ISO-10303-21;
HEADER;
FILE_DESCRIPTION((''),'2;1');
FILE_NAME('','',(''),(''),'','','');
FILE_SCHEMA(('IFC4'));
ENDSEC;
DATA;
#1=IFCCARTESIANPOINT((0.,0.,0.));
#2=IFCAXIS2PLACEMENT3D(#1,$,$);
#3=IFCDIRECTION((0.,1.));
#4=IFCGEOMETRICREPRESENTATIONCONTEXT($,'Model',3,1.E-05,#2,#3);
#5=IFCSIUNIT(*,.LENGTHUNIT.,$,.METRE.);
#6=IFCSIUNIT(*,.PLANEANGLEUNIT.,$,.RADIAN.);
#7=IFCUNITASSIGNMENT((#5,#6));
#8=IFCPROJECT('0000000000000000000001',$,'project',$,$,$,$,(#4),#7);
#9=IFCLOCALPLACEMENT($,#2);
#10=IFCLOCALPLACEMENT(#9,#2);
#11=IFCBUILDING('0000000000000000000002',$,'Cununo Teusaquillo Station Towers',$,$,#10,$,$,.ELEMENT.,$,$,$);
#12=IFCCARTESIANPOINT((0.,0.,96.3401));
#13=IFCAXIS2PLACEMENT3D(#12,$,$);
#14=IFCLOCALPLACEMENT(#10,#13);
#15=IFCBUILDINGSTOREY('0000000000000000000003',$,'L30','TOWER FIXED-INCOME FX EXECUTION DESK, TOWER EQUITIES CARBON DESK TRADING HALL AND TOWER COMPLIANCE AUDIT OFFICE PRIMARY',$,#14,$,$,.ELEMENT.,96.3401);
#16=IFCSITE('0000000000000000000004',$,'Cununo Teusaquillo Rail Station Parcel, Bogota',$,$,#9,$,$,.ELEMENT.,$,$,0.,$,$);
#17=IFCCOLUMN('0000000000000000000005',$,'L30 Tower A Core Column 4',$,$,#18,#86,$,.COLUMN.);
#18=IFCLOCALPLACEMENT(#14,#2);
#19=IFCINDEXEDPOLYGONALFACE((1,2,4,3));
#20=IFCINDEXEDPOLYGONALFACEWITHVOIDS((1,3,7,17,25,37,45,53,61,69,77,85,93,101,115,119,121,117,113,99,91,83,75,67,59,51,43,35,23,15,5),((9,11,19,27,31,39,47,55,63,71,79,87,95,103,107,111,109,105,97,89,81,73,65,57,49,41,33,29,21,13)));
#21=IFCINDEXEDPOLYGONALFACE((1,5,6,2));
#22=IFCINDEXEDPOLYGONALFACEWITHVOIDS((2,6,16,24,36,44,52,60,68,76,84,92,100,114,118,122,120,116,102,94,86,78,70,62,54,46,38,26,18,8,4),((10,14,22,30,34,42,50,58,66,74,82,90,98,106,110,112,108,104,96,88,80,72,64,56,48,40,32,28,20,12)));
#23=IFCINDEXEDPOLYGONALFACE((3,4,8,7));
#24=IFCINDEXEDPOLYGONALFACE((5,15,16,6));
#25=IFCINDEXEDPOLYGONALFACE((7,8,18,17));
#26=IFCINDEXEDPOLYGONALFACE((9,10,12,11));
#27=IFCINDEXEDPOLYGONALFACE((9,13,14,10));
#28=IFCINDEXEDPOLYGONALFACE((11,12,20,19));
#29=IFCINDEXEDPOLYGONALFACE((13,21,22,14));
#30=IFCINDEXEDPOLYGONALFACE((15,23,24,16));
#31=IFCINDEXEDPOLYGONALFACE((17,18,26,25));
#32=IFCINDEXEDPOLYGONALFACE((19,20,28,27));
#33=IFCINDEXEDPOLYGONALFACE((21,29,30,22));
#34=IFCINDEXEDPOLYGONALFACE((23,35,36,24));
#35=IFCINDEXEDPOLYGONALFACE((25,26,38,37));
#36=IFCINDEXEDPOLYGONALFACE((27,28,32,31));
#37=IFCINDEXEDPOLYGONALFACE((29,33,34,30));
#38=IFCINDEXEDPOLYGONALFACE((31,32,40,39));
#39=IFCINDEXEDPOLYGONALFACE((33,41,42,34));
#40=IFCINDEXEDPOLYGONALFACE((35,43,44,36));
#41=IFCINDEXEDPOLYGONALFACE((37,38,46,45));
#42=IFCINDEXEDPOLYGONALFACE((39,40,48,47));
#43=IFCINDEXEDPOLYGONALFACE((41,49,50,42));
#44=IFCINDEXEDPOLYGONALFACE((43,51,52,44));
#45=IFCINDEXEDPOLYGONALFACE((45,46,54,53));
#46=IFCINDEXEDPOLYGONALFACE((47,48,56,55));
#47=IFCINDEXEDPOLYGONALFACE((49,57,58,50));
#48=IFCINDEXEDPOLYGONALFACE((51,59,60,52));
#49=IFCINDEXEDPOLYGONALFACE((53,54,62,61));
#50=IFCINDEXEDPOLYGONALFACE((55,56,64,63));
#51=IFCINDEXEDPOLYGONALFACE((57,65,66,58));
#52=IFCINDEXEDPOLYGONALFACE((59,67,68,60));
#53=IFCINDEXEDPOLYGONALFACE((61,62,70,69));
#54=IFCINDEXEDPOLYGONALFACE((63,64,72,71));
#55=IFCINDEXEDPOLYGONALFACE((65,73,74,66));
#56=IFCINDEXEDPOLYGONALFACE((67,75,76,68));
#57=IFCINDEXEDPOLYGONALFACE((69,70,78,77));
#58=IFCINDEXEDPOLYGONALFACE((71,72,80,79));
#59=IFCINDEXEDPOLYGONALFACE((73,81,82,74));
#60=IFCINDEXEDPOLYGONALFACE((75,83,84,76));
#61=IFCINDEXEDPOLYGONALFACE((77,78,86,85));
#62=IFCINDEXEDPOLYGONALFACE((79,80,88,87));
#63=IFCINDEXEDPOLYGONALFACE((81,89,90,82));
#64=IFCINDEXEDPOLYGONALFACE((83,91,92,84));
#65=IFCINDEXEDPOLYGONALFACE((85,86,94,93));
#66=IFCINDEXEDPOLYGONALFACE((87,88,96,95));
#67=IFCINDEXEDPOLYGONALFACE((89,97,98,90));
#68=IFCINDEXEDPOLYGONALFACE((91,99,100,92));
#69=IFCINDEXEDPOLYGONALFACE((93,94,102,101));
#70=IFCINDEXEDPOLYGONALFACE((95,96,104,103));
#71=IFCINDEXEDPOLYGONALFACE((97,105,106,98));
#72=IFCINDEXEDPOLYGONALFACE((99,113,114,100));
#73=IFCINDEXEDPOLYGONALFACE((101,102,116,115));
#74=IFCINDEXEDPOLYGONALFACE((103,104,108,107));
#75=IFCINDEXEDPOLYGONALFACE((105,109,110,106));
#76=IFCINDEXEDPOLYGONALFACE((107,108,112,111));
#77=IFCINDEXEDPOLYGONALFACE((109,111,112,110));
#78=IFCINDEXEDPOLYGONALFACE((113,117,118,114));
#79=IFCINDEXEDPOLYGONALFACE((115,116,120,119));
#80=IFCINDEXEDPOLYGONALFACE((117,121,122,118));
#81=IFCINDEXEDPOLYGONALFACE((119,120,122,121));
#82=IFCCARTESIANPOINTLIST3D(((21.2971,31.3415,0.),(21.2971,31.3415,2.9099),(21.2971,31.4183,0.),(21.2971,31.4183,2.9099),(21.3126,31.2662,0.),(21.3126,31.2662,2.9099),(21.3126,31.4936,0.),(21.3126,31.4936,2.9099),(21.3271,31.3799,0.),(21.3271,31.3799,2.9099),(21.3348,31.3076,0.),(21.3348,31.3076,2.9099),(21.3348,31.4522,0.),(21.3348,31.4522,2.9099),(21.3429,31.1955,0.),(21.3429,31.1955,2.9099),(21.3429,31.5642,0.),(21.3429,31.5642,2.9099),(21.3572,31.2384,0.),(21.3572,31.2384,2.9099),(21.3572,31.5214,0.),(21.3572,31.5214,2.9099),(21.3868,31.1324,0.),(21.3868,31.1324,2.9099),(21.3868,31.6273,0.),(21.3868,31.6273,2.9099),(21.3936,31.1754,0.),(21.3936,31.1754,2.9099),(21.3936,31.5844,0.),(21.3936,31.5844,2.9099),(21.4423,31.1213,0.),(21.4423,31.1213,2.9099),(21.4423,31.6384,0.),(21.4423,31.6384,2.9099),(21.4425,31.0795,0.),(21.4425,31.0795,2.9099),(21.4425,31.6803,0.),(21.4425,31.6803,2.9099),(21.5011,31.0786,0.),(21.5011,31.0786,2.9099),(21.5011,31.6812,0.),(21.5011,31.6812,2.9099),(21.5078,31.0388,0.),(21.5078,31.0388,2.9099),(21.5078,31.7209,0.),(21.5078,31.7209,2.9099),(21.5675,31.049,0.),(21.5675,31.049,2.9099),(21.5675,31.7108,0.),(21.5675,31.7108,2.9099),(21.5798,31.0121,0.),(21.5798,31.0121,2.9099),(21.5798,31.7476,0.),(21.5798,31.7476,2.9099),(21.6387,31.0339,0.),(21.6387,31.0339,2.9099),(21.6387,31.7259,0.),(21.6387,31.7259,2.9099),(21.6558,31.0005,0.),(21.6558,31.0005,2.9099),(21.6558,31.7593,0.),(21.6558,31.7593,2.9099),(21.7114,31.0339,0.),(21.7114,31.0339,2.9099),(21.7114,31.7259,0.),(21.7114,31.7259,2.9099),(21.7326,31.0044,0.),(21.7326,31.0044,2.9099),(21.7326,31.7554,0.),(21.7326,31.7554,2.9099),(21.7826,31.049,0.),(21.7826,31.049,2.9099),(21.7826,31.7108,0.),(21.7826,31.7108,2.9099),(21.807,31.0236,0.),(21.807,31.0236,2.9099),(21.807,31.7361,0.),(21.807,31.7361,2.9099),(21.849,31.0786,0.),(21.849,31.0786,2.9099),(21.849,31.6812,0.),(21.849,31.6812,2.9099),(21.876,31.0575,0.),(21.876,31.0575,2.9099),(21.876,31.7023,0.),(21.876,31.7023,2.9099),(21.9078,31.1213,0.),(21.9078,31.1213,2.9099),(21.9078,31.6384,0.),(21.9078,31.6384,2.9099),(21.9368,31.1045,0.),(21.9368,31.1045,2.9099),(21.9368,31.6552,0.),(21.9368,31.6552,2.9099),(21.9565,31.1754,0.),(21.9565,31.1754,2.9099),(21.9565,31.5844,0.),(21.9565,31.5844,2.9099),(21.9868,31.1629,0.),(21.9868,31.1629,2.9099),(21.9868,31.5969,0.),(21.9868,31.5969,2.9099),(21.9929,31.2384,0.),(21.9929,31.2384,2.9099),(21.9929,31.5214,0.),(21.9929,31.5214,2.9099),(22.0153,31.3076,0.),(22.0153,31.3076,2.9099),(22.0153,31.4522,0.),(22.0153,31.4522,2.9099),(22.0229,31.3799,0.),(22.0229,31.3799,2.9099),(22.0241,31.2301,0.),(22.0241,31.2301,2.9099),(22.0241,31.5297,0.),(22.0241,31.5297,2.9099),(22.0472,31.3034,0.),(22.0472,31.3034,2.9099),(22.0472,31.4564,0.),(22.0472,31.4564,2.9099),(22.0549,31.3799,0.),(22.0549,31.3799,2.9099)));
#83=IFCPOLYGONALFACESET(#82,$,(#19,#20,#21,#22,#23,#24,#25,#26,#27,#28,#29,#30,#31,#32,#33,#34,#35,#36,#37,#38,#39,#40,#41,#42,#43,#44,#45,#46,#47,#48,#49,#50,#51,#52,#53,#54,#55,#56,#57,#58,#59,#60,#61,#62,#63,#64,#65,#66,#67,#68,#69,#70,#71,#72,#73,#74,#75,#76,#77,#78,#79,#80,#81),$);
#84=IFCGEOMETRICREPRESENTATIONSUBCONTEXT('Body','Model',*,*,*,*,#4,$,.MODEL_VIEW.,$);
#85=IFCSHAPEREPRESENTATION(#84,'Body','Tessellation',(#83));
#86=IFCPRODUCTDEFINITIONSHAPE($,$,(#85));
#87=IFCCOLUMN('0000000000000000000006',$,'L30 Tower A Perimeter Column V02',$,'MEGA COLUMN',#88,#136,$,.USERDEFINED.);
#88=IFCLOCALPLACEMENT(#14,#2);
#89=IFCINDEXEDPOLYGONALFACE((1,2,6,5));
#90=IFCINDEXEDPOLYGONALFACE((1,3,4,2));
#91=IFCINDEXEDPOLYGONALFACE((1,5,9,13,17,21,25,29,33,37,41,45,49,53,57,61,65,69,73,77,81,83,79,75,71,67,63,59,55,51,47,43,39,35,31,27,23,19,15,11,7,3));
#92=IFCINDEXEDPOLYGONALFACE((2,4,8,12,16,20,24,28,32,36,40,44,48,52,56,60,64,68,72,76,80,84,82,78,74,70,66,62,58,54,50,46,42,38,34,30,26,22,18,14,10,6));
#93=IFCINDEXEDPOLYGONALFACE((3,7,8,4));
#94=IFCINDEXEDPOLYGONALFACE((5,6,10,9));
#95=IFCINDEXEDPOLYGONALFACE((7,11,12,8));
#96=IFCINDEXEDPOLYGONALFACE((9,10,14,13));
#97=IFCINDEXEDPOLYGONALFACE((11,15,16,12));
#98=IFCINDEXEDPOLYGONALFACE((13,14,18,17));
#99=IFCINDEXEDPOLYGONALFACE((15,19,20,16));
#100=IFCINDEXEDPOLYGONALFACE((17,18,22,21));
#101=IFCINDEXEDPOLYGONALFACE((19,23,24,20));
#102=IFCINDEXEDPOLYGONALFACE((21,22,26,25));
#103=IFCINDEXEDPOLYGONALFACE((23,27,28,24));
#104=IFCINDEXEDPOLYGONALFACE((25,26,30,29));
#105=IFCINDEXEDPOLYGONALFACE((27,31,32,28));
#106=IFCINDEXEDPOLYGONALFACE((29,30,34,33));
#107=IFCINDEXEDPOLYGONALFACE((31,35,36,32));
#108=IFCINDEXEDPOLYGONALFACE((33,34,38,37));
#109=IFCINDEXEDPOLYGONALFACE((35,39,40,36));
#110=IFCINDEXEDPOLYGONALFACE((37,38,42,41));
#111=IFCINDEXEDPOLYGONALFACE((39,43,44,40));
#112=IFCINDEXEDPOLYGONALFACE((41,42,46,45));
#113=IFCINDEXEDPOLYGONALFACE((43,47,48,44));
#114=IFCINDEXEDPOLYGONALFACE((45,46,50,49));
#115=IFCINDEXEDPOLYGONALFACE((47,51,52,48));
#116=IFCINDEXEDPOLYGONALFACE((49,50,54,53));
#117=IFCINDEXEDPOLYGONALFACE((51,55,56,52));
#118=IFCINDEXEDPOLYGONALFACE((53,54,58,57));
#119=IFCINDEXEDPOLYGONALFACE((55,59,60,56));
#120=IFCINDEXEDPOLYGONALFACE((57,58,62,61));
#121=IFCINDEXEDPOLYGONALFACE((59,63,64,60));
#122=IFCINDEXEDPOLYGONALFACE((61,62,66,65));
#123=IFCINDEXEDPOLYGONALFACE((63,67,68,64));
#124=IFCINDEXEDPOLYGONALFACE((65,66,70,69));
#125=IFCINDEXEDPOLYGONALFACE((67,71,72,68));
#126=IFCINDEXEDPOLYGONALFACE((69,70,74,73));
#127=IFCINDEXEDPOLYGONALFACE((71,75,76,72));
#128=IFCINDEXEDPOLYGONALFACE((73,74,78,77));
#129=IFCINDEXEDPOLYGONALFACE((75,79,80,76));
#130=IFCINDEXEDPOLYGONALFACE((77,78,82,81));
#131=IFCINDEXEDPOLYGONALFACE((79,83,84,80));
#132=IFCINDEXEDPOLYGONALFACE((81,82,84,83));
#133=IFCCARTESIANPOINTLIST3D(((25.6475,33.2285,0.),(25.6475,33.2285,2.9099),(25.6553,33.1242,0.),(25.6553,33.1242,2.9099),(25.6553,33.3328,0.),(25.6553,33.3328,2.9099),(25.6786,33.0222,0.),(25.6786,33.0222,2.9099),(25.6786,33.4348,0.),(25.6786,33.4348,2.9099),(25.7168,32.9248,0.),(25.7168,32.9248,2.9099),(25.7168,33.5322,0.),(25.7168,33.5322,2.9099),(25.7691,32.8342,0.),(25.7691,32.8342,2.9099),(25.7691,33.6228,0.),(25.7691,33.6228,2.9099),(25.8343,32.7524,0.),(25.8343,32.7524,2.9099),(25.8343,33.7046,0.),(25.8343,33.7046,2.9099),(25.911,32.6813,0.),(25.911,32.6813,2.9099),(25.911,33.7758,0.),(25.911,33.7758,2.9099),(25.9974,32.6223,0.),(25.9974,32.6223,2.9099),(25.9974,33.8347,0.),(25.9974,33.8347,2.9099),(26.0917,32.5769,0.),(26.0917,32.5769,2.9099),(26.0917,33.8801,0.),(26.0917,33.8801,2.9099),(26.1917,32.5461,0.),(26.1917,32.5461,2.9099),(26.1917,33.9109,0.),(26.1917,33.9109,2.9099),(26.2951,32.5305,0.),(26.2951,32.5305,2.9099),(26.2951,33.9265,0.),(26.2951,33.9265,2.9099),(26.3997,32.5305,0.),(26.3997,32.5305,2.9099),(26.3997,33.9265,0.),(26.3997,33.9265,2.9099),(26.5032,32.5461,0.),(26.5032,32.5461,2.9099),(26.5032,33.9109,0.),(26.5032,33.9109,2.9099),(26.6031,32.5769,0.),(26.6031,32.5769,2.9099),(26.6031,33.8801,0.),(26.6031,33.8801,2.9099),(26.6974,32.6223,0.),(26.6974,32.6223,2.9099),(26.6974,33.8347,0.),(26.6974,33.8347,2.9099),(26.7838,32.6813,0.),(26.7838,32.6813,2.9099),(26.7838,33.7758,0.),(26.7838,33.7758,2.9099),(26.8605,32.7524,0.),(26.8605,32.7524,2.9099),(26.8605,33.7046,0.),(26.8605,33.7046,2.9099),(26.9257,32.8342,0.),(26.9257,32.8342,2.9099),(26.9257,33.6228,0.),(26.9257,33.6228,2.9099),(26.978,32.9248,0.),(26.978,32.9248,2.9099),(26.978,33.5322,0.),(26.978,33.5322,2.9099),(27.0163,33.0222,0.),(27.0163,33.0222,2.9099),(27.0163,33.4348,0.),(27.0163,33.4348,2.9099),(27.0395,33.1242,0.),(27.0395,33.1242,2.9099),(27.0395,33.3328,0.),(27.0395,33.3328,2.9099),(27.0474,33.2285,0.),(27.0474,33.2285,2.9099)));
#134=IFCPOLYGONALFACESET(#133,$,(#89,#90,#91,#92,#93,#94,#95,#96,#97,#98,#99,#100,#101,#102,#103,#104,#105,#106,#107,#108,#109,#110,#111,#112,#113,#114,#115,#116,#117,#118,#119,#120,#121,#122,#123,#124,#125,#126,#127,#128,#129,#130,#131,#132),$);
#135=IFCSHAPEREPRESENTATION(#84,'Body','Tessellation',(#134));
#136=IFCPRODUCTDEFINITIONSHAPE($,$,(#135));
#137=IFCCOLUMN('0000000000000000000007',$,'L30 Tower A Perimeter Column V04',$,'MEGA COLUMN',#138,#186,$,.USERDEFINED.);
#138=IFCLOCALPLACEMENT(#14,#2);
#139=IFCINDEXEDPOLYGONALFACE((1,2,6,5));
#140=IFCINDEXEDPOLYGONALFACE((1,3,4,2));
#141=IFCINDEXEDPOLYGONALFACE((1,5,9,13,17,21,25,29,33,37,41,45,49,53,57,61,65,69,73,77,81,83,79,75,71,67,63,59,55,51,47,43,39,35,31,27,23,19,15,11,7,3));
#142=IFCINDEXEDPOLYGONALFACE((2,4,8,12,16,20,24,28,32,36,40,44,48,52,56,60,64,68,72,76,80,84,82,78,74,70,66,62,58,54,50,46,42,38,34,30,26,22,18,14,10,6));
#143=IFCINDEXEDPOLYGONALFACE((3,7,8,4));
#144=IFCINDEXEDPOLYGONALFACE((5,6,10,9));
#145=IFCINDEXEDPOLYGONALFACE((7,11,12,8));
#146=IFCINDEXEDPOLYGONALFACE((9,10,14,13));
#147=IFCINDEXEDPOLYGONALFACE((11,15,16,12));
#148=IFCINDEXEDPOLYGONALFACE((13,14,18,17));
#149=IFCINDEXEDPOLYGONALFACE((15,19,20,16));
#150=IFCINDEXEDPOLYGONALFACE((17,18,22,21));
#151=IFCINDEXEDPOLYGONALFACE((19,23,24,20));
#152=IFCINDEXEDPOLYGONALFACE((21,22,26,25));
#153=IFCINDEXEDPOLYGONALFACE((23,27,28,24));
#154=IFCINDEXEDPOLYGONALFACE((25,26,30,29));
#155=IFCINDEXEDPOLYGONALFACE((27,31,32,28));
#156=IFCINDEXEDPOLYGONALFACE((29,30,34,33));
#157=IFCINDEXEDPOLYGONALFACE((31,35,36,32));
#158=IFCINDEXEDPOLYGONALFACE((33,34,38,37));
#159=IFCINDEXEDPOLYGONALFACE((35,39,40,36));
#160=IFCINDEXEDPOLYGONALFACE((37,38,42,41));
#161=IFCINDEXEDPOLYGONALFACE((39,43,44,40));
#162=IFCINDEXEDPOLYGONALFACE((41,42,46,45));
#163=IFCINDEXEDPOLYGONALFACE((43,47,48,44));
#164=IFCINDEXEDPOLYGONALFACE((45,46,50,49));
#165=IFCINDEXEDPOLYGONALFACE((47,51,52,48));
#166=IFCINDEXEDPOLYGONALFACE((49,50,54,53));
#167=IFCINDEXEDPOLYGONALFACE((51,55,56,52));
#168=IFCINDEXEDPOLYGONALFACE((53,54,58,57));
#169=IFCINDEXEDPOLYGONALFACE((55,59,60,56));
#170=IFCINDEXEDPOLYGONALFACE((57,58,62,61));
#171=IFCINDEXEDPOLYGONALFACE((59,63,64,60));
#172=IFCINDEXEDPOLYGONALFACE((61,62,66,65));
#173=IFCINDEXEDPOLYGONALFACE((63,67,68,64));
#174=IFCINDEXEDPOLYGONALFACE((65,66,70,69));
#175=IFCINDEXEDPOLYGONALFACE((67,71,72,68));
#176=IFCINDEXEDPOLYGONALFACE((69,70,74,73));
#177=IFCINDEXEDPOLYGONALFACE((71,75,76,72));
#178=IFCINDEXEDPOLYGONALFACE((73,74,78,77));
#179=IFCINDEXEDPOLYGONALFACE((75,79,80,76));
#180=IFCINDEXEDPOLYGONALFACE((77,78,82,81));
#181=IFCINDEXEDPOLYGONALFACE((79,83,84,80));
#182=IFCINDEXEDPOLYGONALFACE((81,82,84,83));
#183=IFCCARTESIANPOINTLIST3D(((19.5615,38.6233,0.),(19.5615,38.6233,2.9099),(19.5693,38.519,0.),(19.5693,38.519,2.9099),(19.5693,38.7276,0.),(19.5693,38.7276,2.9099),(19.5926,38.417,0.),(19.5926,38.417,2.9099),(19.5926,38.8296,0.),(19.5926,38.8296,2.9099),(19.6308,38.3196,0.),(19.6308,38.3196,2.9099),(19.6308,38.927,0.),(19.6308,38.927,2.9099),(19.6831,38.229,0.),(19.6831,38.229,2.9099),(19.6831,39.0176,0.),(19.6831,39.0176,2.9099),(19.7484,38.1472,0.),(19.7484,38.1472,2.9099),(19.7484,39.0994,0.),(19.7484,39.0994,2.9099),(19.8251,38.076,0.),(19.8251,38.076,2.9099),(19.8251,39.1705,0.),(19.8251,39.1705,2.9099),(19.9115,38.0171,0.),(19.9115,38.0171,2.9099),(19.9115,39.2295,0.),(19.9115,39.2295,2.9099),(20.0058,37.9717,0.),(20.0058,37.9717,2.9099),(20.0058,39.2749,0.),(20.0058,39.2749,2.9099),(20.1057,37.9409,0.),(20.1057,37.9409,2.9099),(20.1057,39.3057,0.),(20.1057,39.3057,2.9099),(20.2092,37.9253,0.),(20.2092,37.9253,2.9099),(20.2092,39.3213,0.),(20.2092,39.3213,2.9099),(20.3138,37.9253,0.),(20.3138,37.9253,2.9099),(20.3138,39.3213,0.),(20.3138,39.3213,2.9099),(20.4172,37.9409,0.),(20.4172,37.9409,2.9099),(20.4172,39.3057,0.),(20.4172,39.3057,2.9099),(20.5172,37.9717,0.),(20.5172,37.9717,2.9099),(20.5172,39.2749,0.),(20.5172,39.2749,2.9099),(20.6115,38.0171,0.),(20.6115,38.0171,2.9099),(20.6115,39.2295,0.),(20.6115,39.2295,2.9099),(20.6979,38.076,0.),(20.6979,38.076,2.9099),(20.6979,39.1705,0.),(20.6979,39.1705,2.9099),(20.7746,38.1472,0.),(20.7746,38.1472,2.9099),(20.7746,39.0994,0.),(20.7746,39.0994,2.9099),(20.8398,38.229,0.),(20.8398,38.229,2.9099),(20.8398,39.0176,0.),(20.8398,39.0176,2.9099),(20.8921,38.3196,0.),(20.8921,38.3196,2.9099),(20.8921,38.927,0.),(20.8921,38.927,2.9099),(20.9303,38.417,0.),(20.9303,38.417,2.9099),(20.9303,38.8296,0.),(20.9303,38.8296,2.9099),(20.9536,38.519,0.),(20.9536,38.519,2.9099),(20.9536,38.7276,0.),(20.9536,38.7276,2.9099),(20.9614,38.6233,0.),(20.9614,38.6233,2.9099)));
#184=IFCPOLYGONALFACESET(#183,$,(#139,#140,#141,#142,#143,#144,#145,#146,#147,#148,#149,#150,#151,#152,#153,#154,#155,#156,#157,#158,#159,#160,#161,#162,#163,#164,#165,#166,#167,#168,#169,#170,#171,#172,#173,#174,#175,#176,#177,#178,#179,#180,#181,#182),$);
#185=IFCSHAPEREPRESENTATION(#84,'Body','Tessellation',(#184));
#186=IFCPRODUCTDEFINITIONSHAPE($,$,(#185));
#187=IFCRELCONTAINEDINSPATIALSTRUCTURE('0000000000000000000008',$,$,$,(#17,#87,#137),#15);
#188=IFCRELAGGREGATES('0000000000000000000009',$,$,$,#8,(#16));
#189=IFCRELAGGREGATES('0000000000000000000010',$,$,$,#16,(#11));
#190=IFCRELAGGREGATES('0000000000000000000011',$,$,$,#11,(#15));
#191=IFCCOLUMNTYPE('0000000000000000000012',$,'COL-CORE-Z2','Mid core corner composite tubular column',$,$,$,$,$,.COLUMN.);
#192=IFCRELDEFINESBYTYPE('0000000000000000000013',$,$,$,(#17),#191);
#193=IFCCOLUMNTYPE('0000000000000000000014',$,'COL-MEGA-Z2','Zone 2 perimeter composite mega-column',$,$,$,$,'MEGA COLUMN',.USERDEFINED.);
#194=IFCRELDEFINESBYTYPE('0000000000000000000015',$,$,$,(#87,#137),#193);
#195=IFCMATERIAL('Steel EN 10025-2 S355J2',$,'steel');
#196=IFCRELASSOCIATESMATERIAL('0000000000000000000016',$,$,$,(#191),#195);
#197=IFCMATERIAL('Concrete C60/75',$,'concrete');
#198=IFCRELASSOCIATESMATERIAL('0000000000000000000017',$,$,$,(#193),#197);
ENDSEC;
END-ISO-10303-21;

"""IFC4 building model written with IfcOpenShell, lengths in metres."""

from ifc_helpers import new_model, si_unit, direction, frame, origin, origin_2d, place, context, subcontext, project, spatial, circle, hollow_circle, extrude, material, material_profile, profile_set, type_object, element, save


model = new_model("IFC4")

# Units and contexts
model_context = context("Model", 3, precision=1e-05, world=origin(), true_north=direction((0.0, 1.0)))
body_context = subcontext(model_context, "Body", "Model", "MODEL_VIEW")
ifc_project = project(units=[si_unit("LENGTHUNIT", "METRE"), si_unit("PLANEANGLEUNIT", "RADIAN")], contexts=[model_context])

# Site, building, storey
site_placement = place(None, origin())
site = spatial("IfcSite", under=ifc_project, at=site_placement, Name="Cununo Teusaquillo Rail Station Parcel, Bogota", CompositionType="ELEMENT", RefElevation=0.0)
building_placement = place(site_placement, origin())
building = spatial("IfcBuilding", under=site, at=building_placement, Name="Cununo Teusaquillo Station Towers", CompositionType="ELEMENT")
storey_placement = place(building_placement, frame((0.0, 0.0, 96.3401)))
storey = spatial("IfcBuildingStorey", under=building, at=storey_placement, Name="L30", Description="TOWER FIXED-INCOME FX EXECUTION DESK, TOWER EQUITIES CARBON DESK TRADING HALL AND TOWER COMPLIANCE AUDIT OFFICE PRIMARY", CompositionType="ELEMENT", Elevation=96.3401)

# Columns
ifc_material_1 = material(Name="Steel EN 10025-2 S355J2", Category="steel")
ifc_material_profile_1 = material_profile(ifc_material_1, hollow_circle(Radius=0.3799, WallThickness=0.032, at=origin_2d()), Name="CHS 760x32")
ifc_profile_set_1 = profile_set([ifc_material_profile_1], Name="Steel EN 10025-2 S355J2")
column_type_1 = type_object("IfcColumnType", Name="COL-CORE-Z2", Description="Mid core corner composite tubular column", PredefinedType="COLUMN", material=ifc_profile_set_1)
column_placement = place(storey_placement, frame((21.675, 31.3799, 0.0), z_axis=(0.0, 0.0, 1.0), x_axis=(1.0, 0.0, 0.0)))
element("IfcColumn", 1, at=column_placement, inside=storey, type_object=column_type_1, Name="L30 Tower A Core Column 4", PredefinedType="COLUMN", context=body_context, shape_type="SweptSolid", body=[
    extrude(hollow_circle(Radius=0.3799, WallThickness=0.032, at=origin_2d()), origin(), (0.0, 0.0, 1.0), 2.9099),
])
ifc_material_2 = material(Name="Concrete C60/75", Category="concrete")
ifc_material_profile_2 = material_profile(ifc_material_2, circle(Radius=0.7, at=origin_2d()), Name="RC-CIRC-1400")
ifc_profile_set_2 = profile_set([ifc_material_profile_2], Name="Concrete C60/75")
column_type_2 = type_object("IfcColumnType", Name="COL-MEGA-Z2", Description="Zone 2 perimeter composite mega-column", ElementType="MEGA COLUMN", PredefinedType="USERDEFINED", material=ifc_profile_set_2)
for number, where, z_axis, x_axis, name in (
    (2, (26.3474, 33.2285, 0.0), (0.0, 0.0, 1.0), (1.0, 0.0, 0.0), "L30 Tower A Perimeter Column V02"),
    (3, (20.2615, 38.6233, 0.0), (0.0, 0.0, 1.0), (1.0, 0.0, 0.0), "L30 Tower A Perimeter Column V04"),
):
    element("IfcColumn", number, at=place(storey_placement, frame(where, z_axis=z_axis, x_axis=x_axis)), inside=storey, type_object=column_type_2, Name=name, ObjectType="MEGA COLUMN", PredefinedType="USERDEFINED", context=body_context, shape_type="SweptSolid", body=[
        extrude(circle(Radius=0.7, at=origin_2d()), origin(), (0.0, 0.0, 1.0), 2.9099),
    ])

save(model, "model.ifc")
